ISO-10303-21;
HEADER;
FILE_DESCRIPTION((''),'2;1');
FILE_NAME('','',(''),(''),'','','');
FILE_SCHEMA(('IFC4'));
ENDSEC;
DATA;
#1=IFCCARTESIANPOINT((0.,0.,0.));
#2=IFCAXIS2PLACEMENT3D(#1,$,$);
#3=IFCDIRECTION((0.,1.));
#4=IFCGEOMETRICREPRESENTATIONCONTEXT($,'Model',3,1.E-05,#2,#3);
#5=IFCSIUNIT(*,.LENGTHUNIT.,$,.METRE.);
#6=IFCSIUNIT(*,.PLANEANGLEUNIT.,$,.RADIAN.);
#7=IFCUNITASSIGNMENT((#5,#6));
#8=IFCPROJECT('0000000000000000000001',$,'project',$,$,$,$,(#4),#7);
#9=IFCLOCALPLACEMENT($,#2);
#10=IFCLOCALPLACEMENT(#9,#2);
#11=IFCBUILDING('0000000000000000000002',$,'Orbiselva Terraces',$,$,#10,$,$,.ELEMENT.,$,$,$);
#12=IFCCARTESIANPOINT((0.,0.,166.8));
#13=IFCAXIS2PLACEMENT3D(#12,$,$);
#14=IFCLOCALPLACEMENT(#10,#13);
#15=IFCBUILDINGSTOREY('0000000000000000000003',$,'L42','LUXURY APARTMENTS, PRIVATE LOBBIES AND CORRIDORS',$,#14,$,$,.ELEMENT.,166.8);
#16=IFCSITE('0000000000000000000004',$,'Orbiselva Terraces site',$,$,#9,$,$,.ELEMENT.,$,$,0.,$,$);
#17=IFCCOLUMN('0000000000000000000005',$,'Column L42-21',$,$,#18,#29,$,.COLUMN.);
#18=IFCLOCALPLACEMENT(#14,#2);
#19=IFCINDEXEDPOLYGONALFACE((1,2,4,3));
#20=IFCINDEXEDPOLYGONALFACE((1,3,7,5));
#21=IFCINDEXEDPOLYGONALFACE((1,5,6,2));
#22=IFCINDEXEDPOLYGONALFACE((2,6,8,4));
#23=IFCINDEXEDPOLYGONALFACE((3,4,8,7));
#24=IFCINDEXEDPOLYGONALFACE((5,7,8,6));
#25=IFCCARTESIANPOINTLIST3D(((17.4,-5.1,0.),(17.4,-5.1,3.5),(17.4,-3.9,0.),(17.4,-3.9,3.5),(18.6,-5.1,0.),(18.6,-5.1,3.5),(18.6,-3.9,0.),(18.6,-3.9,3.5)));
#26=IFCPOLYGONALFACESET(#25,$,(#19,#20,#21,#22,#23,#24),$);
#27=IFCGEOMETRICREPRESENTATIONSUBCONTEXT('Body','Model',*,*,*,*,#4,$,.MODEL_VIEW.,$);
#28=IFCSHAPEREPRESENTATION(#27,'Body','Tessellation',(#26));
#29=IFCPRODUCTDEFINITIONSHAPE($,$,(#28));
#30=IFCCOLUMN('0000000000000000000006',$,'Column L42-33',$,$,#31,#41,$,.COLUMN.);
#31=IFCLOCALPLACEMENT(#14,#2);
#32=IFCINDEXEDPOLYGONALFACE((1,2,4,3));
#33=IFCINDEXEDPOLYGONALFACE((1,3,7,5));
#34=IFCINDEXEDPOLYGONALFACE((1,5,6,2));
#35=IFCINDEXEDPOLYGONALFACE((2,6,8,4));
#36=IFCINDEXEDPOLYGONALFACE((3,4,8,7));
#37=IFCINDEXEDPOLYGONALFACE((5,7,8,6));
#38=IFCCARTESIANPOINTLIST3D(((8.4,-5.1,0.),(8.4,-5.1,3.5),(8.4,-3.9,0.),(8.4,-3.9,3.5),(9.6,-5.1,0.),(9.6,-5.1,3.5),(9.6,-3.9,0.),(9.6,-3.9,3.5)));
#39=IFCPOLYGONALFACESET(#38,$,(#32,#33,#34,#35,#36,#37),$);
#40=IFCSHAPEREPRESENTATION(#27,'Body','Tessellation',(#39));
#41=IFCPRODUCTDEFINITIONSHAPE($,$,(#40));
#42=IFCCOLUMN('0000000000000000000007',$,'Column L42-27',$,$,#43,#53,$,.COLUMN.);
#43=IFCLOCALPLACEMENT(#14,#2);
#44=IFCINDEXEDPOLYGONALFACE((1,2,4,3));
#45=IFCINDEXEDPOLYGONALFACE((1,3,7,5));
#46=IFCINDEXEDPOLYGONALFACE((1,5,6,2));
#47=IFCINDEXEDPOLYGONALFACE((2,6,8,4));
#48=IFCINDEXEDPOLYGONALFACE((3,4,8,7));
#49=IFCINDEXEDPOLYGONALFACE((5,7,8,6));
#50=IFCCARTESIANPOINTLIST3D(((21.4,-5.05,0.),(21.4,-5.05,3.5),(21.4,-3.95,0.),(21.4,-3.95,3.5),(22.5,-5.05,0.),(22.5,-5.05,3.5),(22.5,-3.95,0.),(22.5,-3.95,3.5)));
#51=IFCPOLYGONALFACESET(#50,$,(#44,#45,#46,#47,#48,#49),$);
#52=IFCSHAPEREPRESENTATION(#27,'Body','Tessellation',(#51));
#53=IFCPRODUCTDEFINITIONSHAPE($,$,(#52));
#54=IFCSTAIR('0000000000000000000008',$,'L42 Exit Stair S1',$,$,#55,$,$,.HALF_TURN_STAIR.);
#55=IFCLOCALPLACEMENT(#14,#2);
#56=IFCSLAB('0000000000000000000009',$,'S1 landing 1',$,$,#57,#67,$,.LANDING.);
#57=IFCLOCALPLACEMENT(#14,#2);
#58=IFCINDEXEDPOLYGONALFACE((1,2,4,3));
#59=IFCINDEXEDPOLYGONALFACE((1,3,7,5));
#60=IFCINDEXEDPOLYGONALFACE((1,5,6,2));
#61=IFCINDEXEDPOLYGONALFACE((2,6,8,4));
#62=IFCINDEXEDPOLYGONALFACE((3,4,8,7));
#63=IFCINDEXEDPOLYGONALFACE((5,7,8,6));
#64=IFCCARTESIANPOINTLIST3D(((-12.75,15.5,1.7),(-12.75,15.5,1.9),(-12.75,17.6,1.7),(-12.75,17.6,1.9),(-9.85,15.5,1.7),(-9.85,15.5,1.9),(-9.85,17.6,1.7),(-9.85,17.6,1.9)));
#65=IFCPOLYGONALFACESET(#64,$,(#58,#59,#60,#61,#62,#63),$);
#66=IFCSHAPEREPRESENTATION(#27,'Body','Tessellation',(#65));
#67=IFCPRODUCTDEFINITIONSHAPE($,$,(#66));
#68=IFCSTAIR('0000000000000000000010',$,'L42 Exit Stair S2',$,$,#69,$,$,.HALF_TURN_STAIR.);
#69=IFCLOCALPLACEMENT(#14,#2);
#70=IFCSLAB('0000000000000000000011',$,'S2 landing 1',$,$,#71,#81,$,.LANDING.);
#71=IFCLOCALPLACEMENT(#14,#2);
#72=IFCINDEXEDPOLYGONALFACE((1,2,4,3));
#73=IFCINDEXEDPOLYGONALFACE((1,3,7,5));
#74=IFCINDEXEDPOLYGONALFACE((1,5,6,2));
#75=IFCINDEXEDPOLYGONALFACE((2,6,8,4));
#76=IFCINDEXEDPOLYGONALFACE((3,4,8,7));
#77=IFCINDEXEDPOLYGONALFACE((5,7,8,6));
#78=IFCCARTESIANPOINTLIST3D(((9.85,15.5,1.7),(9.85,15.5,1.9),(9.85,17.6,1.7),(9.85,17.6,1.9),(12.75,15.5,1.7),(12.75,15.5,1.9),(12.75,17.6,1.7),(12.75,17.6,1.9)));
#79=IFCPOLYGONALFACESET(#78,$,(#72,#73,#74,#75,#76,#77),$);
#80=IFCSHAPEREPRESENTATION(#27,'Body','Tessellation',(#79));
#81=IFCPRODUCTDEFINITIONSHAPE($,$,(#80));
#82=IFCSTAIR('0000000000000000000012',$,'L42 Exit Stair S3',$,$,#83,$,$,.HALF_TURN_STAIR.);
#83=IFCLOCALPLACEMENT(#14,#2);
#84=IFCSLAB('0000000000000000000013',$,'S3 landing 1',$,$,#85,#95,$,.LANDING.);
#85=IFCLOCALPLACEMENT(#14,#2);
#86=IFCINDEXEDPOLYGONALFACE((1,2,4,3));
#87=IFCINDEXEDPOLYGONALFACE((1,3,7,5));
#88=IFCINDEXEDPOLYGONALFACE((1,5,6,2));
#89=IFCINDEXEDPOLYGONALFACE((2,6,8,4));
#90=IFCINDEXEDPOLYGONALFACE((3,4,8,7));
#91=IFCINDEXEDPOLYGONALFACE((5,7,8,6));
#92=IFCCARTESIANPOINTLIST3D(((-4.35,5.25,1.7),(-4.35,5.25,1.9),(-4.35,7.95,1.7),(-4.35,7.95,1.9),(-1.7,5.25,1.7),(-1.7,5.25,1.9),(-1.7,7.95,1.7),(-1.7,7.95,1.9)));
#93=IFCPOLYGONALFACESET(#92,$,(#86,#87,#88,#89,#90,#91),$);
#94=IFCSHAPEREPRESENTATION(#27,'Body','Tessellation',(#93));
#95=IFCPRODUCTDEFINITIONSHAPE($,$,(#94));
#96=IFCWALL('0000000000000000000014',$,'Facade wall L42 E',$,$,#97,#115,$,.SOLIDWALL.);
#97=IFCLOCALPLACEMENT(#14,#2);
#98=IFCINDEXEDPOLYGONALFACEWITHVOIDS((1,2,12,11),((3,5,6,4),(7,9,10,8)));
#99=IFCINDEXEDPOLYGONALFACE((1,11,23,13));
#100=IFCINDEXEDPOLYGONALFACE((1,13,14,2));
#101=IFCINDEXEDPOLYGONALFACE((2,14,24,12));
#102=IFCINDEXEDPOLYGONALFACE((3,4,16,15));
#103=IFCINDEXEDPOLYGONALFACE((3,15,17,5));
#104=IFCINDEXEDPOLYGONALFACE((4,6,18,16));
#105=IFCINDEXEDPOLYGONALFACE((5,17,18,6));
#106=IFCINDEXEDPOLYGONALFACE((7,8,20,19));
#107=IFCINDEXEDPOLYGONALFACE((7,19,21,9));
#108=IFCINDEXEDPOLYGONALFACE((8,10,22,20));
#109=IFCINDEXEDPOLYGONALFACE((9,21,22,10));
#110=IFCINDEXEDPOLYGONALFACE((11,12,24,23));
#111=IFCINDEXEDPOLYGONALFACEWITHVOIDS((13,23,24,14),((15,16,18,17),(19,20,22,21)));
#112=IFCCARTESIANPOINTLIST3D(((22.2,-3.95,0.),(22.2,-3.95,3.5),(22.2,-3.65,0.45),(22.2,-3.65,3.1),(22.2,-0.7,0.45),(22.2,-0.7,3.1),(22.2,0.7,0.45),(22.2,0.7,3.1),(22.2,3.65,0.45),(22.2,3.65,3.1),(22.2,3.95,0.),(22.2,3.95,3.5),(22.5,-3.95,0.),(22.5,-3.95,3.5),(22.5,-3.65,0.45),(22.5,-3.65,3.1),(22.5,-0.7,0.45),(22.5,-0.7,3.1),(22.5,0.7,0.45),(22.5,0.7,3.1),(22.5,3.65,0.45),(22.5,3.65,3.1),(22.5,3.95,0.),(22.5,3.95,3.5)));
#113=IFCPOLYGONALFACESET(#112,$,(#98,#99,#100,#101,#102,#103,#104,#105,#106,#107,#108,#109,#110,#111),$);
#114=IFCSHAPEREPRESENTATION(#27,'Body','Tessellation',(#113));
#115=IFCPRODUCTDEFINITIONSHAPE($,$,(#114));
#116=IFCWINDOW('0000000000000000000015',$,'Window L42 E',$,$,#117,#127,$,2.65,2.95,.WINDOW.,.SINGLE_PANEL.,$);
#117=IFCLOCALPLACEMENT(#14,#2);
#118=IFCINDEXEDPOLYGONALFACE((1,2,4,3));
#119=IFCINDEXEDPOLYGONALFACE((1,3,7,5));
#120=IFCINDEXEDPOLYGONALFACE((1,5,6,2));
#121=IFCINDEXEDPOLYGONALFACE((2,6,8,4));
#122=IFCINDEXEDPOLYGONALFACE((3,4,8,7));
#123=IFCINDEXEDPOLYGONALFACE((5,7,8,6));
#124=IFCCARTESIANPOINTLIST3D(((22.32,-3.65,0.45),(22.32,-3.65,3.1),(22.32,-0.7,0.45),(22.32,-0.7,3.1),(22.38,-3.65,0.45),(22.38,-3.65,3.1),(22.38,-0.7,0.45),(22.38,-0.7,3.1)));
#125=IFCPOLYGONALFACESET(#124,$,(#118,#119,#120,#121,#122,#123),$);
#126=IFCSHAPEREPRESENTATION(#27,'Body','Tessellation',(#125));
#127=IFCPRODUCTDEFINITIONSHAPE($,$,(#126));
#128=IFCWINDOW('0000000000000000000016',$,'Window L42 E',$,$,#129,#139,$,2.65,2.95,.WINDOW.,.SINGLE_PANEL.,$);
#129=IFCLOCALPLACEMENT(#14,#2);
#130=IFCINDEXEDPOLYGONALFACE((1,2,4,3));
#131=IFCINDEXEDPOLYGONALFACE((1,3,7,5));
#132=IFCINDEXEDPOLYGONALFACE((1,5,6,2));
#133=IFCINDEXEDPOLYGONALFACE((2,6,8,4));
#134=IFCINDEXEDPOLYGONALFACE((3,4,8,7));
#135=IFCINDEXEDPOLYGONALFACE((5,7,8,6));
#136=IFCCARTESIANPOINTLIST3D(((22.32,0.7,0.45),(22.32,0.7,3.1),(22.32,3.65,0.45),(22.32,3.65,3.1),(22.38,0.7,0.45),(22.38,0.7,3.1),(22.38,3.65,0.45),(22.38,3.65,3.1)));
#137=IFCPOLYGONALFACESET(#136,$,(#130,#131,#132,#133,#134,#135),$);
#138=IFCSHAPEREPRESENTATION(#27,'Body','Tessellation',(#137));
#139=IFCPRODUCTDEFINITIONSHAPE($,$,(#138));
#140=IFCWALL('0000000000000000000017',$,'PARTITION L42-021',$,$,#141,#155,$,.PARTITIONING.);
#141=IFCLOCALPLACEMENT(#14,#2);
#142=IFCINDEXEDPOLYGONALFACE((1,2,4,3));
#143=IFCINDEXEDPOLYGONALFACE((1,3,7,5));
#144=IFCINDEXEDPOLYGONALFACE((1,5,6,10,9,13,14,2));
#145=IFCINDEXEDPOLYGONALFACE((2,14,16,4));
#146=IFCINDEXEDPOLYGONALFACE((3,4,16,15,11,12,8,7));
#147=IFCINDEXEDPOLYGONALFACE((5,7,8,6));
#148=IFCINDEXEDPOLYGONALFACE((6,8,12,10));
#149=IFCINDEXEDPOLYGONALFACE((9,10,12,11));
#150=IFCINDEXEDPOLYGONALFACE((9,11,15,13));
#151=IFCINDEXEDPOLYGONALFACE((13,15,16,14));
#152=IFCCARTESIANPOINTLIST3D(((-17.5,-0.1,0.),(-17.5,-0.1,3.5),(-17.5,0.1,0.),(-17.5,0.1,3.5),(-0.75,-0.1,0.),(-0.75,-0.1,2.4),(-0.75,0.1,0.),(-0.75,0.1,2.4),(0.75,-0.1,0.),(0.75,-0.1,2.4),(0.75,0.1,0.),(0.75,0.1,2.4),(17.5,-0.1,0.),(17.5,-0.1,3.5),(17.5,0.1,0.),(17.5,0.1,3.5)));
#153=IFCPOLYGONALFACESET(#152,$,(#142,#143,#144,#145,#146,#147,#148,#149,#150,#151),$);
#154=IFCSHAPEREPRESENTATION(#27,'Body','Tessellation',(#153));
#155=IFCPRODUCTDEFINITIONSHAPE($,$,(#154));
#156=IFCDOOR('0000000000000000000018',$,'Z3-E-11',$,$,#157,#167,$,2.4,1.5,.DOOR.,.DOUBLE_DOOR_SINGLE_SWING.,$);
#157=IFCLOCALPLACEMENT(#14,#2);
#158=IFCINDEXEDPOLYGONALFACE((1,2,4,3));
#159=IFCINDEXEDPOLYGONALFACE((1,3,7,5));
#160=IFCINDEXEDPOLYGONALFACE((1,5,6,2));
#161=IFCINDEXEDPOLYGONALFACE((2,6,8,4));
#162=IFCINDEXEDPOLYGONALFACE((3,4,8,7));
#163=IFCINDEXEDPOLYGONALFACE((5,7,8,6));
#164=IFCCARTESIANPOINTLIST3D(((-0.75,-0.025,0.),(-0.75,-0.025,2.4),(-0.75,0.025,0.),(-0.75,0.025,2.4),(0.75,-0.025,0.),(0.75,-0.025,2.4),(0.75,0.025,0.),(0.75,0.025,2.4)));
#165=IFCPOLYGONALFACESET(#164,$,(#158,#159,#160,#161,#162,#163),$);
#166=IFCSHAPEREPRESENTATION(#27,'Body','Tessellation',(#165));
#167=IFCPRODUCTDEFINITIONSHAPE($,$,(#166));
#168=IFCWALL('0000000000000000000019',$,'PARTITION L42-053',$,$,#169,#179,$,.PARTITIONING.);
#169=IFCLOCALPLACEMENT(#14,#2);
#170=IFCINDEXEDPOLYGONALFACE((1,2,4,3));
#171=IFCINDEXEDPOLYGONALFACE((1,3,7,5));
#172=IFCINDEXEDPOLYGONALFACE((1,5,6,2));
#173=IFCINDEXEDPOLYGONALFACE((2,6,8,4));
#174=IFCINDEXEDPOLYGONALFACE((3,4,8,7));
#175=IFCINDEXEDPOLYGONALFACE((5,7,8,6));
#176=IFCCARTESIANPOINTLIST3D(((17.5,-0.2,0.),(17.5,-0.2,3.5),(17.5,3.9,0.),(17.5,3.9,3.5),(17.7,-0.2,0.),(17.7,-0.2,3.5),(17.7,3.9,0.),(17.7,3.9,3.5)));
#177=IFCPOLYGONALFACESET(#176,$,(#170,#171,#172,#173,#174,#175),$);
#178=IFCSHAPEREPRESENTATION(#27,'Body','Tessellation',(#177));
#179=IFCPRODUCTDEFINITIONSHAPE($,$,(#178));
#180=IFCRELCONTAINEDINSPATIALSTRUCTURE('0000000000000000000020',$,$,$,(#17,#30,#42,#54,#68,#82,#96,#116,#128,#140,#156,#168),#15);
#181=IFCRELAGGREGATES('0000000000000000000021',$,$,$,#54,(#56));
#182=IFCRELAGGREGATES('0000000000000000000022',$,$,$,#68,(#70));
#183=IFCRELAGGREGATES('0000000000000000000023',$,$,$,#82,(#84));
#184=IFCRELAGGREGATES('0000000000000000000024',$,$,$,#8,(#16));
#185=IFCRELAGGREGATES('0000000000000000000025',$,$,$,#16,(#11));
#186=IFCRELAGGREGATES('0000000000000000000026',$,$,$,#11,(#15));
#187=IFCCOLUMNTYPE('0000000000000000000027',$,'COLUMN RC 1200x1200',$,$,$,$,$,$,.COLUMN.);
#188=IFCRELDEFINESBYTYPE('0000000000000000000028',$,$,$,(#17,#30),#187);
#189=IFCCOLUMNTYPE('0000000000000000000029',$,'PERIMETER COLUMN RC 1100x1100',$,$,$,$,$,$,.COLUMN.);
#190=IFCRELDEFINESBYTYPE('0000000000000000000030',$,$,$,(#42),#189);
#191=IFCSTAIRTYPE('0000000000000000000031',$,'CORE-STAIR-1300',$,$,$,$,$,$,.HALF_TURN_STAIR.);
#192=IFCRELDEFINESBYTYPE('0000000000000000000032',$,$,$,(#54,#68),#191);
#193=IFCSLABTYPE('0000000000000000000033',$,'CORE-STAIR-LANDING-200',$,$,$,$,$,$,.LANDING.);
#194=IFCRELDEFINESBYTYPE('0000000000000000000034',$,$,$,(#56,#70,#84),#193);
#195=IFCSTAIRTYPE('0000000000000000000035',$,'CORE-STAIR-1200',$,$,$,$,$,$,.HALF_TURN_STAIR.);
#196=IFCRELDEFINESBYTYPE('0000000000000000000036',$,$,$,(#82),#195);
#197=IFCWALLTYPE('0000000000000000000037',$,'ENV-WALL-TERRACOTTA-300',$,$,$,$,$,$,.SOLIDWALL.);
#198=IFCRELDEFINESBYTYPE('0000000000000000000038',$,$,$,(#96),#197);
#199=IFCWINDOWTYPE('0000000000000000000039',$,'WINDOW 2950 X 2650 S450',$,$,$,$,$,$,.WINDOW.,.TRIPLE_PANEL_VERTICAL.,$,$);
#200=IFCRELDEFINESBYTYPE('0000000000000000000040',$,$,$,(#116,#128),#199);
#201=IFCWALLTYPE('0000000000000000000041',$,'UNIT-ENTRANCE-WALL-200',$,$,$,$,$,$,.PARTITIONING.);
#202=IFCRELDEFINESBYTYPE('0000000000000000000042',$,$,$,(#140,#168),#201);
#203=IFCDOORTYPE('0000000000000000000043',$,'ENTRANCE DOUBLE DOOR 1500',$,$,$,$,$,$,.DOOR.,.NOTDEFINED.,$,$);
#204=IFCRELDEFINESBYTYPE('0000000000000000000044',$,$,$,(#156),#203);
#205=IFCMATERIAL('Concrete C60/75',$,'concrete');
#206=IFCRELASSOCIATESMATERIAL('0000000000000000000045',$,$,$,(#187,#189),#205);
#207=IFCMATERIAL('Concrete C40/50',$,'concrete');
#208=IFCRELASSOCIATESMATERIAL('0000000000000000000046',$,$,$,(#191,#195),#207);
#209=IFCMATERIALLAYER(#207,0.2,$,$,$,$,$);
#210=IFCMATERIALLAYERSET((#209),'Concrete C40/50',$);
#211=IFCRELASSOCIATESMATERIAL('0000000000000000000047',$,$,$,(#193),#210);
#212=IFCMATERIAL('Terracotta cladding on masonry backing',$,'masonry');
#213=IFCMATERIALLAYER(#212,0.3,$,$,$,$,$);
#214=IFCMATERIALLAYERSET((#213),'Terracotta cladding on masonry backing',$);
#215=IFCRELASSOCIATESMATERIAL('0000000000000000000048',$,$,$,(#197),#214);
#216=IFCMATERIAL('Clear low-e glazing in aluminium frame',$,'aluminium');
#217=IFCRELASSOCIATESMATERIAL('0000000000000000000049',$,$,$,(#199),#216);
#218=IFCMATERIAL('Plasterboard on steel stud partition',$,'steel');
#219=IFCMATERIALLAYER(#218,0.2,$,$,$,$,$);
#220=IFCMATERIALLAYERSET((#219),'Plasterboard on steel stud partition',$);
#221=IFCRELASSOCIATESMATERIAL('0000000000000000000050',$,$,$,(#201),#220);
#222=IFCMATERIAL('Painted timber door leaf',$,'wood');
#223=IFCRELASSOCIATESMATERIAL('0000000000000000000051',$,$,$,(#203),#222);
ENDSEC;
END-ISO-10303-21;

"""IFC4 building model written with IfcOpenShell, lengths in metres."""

from ifc_helpers import new_model, si_unit, direction, frame, frame_2d, origin, origin_2d, place, context, subcontext, project, spatial, polyline, rectangle, outline, extrude, material, layer, layer_set, material_profile, profile_set, type_object, element, fill, aggregate, save


model = new_model("IFC4")

# Units and contexts
model_context = context("Model", 3, precision=1e-05, world=origin(), true_north=direction((0.0, 1.0)))
body_context = subcontext(model_context, "Body", "Model", "MODEL_VIEW")
ifc_project = project(units=[si_unit("LENGTHUNIT", "METRE"), si_unit("PLANEANGLEUNIT", "RADIAN")], contexts=[model_context])

# Site, building, storey
site_placement = place(None, origin())
site = spatial("IfcSite", under=ifc_project, at=site_placement, Name="Orbiselva Terraces site", CompositionType="ELEMENT", RefElevation=0.0)
building_placement = place(site_placement, origin())
building = spatial("IfcBuilding", under=site, at=building_placement, Name="Orbiselva Terraces", CompositionType="ELEMENT")
storey_placement = place(building_placement, frame((0.0, 0.0, 166.8)))
storey = spatial("IfcBuildingStorey", under=building, at=storey_placement, Name="L42", Description="LUXURY APARTMENTS, PRIVATE LOBBIES AND CORRIDORS", CompositionType="ELEMENT", Elevation=166.8)

# Columns
ifc_material_1 = material(Name="Concrete C60/75", Category="concrete")
ifc_material_profile_1 = material_profile(ifc_material_1, rectangle(XDim=1.2, YDim=1.2, at=origin_2d()), Name="RC 1200x1200")
ifc_profile_set_1 = profile_set([ifc_material_profile_1], Name="Concrete C60/75")
column_type_1 = type_object("IfcColumnType", Name="COLUMN RC 1200x1200", PredefinedType="COLUMN", material=ifc_profile_set_1)
for number, where, z_axis, x_axis, name in (
    (1, (18.0, -4.5, 0.0), (0.0, 0.0, 1.0), (1.0, 0.0, 0.0), "Column L42-21"),
    (2, (9.0, -4.5, 0.0), (0.0, 0.0, 1.0), (1.0, 0.0, 0.0), "Column L42-33"),
):
    element("IfcColumn", number, at=place(storey_placement, frame(where, z_axis=z_axis, x_axis=x_axis)), inside=storey, type_object=column_type_1, Name=name, PredefinedType="COLUMN", context=body_context, shape_type="SweptSolid", body=[
        extrude(rectangle(XDim=1.2, YDim=1.2, at=origin_2d()), origin(), (0.0, 0.0, 1.0), 3.5),
    ])
ifc_material_profile_2 = material_profile(ifc_material_1, rectangle(XDim=1.1, YDim=1.1, at=origin_2d()), Name="RC 1100x1100")
ifc_profile_set_2 = profile_set([ifc_material_profile_2], Name="Concrete C60/75")
column_type_2 = type_object("IfcColumnType", Name="PERIMETER COLUMN RC 1100x1100", PredefinedType="COLUMN", material=ifc_profile_set_2)
column_placement = place(storey_placement, frame((21.95, -4.5, 0.0), z_axis=(0.0, 0.0, 1.0), x_axis=(1.0, 0.0, 0.0)))
element("IfcColumn", 3, at=column_placement, inside=storey, type_object=column_type_2, Name="Column L42-27", PredefinedType="COLUMN", context=body_context, shape_type="SweptSolid", body=[
    extrude(rectangle(XDim=1.1, YDim=1.1, at=origin_2d()), origin(), (0.0, 0.0, 1.0), 3.5),
])

# Stairs, slabs
ifc_material_2 = material(Name="Concrete C40/50", Category="concrete")
stair_type_1 = type_object("IfcStairType", Name="CORE-STAIR-1300", PredefinedType="HALF_TURN_STAIR", material=ifc_material_2)
stair_1_placement = place(storey_placement, origin())
stair_1 = element("IfcStair", 4, at=stair_1_placement, inside=storey, type_object=stair_type_1, Name="L42 Exit Stair S1", PredefinedType="HALF_TURN_STAIR")
ifc_layer_1 = layer(ifc_material_2, 0.2)
ifc_layer_set_1 = layer_set([ifc_layer_1], Name="Concrete C40/50")
slab_type = type_object("IfcSlabType", Name="CORE-STAIR-LANDING-200", PredefinedType="LANDING", material=ifc_layer_set_1)
slab_1_placement = place(storey_placement, frame((0.0, 0.0, 1.7)))
slab_1 = element("IfcSlab", 5, at=slab_1_placement, type_object=slab_type, Name="S1 landing 1", PredefinedType="LANDING", context=body_context, shape_type="SweptSolid", body=[
    extrude(outline(polyline([(-9.85, 15.5), (-9.85, 17.6), (-12.75, 17.6), (-12.75, 15.5), (-9.85, 15.5)])), origin(), (0.0, 0.0, 1.0), 0.2),
])
aggregate(stair_1, [slab_1])
stair_2_placement = place(storey_placement, origin())
stair_2 = element("IfcStair", 6, at=stair_2_placement, inside=storey, type_object=stair_type_1, Name="L42 Exit Stair S2", PredefinedType="HALF_TURN_STAIR")
slab_2_placement = place(storey_placement, frame((0.0, 0.0, 1.7)))
slab_2 = element("IfcSlab", 7, at=slab_2_placement, type_object=slab_type, Name="S2 landing 1", PredefinedType="LANDING", context=body_context, shape_type="SweptSolid", body=[
    extrude(outline(polyline([(12.75, 15.5), (12.75, 17.6), (9.85, 17.6), (9.85, 15.5), (12.75, 15.5)])), origin(), (0.0, 0.0, 1.0), 0.2),
])
aggregate(stair_2, [slab_2])
stair_type_2 = type_object("IfcStairType", Name="CORE-STAIR-1200", PredefinedType="HALF_TURN_STAIR", material=ifc_material_2)
stair_3_placement = place(storey_placement, origin())
stair_3 = element("IfcStair", 8, at=stair_3_placement, inside=storey, type_object=stair_type_2, Name="L42 Exit Stair S3", PredefinedType="HALF_TURN_STAIR")
slab_3_placement = place(storey_placement, frame((0.0, 0.0, 1.7)))
slab_3 = element("IfcSlab", 9, at=slab_3_placement, type_object=slab_type, Name="S3 landing 1", PredefinedType="LANDING", context=body_context, shape_type="SweptSolid", body=[
    extrude(outline(polyline([(-4.35, 5.25), (-1.7, 5.25), (-1.7, 7.95), (-4.35, 7.95), (-4.35, 5.25)])), origin(), (0.0, 0.0, 1.0), 0.2),
])
aggregate(stair_3, [slab_3])

# Wall, openings, windows
ifc_material_3 = material(Name="Terracotta cladding on masonry backing", Category="masonry")
ifc_layer_2 = layer(ifc_material_3, 0.3)
ifc_layer_set_2 = layer_set([ifc_layer_2], Name="Terracotta cladding on masonry backing")
wall_type_1 = type_object("IfcWallType", Name="ENV-WALL-TERRACOTTA-300", PredefinedType="SOLIDWALL", material=ifc_layer_set_2)
wall_1_placement = place(storey_placement, frame((22.35, 3.95, 0.0), z_axis=(0.0, 0.0, 1.0), x_axis=(0.0, -1.0, 0.0)))
wall_1 = element("IfcWall", 10, at=wall_1_placement, inside=storey, type_object=wall_type_1, Name="Facade wall L42 E", PredefinedType="SOLIDWALL", context=body_context, shape_type="SweptSolid", body=[
    extrude(rectangle(XDim=7.9, YDim=0.3, at=frame_2d((3.95, 0.0))), origin(), (0.0, 0.0, 1.0), 3.5),
])
opening_1_placement = place(wall_1_placement, frame((4.65, 0.0, 0.45)))
opening_1 = element("IfcOpeningElement", 11, at=opening_1_placement, cuts=wall_1, PredefinedType="OPENING", context=body_context, shape_type="SweptSolid", body=[
    extrude(rectangle(XDim=2.95, YDim=2.65, at=frame_2d((1.475, 1.325))), frame((0.0, 0.16, 0.0), z_axis=(0.0, -1.0, 0.0), x_axis=(1.0, 0.0, 0.0)), (0.0, 0.0, 1.0), 0.32),
])
opening_2_placement = place(wall_1_placement, frame((0.3, 0.0, 0.45)))
opening_2 = element("IfcOpeningElement", 12, at=opening_2_placement, cuts=wall_1, PredefinedType="OPENING", context=body_context, shape_type="SweptSolid", body=[
    extrude(rectangle(XDim=2.95, YDim=2.65, at=frame_2d((1.475, 1.325))), frame((0.0, 0.16, 0.0), z_axis=(0.0, -1.0, 0.0), x_axis=(1.0, 0.0, 0.0)), (0.0, 0.0, 1.0), 0.32),
])
ifc_material_4 = material(Name="Clear low-e glazing in aluminium frame", Category="aluminium")
window_type = type_object("IfcWindowType", Name="WINDOW 2950 X 2650 S450", PartitioningType="TRIPLE_PANEL_VERTICAL", PredefinedType="WINDOW", material=ifc_material_4)
window_1_placement = place(opening_1_placement, origin())
window_1 = element("IfcWindow", 13, at=window_1_placement, inside=storey, type_object=window_type, Name="Window L42 E", OverallHeight=2.65, OverallWidth=2.95, PartitioningType="SINGLE_PANEL", PredefinedType="WINDOW", context=body_context, shape_type="SweptSolid", body=[
    extrude(rectangle(XDim=2.95, YDim=2.65, at=frame_2d((1.475, 1.325))), frame((0.0, 0.03, 0.0), z_axis=(0.0, -1.0, 0.0), x_axis=(1.0, 0.0, 0.0)), (0.0, 0.0, 1.0), 0.06),
])
fill(opening_1, window_1)
window_2_placement = place(opening_2_placement, origin())
window_2 = element("IfcWindow", 14, at=window_2_placement, inside=storey, type_object=window_type, Name="Window L42 E", OverallHeight=2.65, OverallWidth=2.95, PartitioningType="SINGLE_PANEL", PredefinedType="WINDOW", context=body_context, shape_type="SweptSolid", body=[
    extrude(rectangle(XDim=2.95, YDim=2.65, at=frame_2d((1.475, 1.325))), frame((0.0, 0.03, 0.0), z_axis=(0.0, -1.0, 0.0), x_axis=(1.0, 0.0, 0.0)), (0.0, 0.0, 1.0), 0.06),
])
fill(opening_2, window_2)

# Wall, opening, door
ifc_material_5 = material(Name="Plasterboard on steel stud partition", Category="steel")
ifc_layer_3 = layer(ifc_material_5, 0.2)
ifc_layer_set_3 = layer_set([ifc_layer_3], Name="Plasterboard on steel stud partition")
wall_type_2 = type_object("IfcWallType", Name="UNIT-ENTRANCE-WALL-200", PredefinedType="PARTITIONING", material=ifc_layer_set_3)
wall_2_placement = place(storey_placement, frame((17.5, 0.0, 0.0), z_axis=(0.0, 0.0, 1.0), x_axis=(-1.0, 0.0, 0.0)))
wall_2 = element("IfcWall", 15, at=wall_2_placement, inside=storey, type_object=wall_type_2, Name="PARTITION L42-021", PredefinedType="PARTITIONING", context=body_context, shape_type="SweptSolid", body=[
    extrude(rectangle(XDim=35.0, YDim=0.2, at=frame_2d((17.5, 0.0))), origin(), (0.0, 0.0, 1.0), 3.5),
])
opening_3_placement = place(wall_2_placement, frame((16.75, 0.0, 0.0)))
opening_3 = element("IfcOpeningElement", 16, at=opening_3_placement, cuts=wall_2, PredefinedType="OPENING", context=body_context, shape_type="SweptSolid", body=[
    extrude(rectangle(XDim=1.5, YDim=2.4, at=frame_2d((0.75, 1.2))), frame((0.0, 0.11, 0.0), z_axis=(0.0, -1.0, 0.0), x_axis=(1.0, 0.0, 0.0)), (0.0, 0.0, 1.0), 0.22),
])
ifc_material_6 = material(Name="Painted timber door leaf", Category="wood")
door_type_1 = type_object("IfcDoorType", Name="ENTRANCE DOUBLE DOOR 1500", OperationType="NOTDEFINED", PredefinedType="DOOR", material=ifc_material_6)
door_1_placement = place(opening_3_placement, origin())
door_1 = element("IfcDoor", 17, at=door_1_placement, inside=storey, type_object=door_type_1, Name="Z3-E-11", OperationType="DOUBLE_DOOR_SINGLE_SWING", OverallHeight=2.4, OverallWidth=1.5, PredefinedType="DOOR", context=body_context, shape_type="SweptSolid", body=[
    extrude(rectangle(XDim=1.5, YDim=2.4, at=frame_2d((0.75, 1.2))), frame((0.0, 0.025, 0.0), z_axis=(0.0, -1.0, 0.0), x_axis=(1.0, 0.0, 0.0)), (0.0, 0.0, 1.0), 0.05),
])
fill(opening_3, door_1)

# Wall
wall_3_placement = place(storey_placement, frame((17.6, -0.2, 0.0), z_axis=(0.0, 0.0, 1.0), x_axis=(0.0, 1.0, 0.0)))
element("IfcWall", 18, at=wall_3_placement, inside=storey, type_object=wall_type_2, Name="PARTITION L42-053", PredefinedType="PARTITIONING", context=body_context, shape_type="SweptSolid", body=[
    extrude(rectangle(XDim=4.1, YDim=0.2, at=frame_2d((2.05, 0.0))), origin(), (0.0, 0.0, 1.0), 3.5),
])

save(model, "model.ifc")
